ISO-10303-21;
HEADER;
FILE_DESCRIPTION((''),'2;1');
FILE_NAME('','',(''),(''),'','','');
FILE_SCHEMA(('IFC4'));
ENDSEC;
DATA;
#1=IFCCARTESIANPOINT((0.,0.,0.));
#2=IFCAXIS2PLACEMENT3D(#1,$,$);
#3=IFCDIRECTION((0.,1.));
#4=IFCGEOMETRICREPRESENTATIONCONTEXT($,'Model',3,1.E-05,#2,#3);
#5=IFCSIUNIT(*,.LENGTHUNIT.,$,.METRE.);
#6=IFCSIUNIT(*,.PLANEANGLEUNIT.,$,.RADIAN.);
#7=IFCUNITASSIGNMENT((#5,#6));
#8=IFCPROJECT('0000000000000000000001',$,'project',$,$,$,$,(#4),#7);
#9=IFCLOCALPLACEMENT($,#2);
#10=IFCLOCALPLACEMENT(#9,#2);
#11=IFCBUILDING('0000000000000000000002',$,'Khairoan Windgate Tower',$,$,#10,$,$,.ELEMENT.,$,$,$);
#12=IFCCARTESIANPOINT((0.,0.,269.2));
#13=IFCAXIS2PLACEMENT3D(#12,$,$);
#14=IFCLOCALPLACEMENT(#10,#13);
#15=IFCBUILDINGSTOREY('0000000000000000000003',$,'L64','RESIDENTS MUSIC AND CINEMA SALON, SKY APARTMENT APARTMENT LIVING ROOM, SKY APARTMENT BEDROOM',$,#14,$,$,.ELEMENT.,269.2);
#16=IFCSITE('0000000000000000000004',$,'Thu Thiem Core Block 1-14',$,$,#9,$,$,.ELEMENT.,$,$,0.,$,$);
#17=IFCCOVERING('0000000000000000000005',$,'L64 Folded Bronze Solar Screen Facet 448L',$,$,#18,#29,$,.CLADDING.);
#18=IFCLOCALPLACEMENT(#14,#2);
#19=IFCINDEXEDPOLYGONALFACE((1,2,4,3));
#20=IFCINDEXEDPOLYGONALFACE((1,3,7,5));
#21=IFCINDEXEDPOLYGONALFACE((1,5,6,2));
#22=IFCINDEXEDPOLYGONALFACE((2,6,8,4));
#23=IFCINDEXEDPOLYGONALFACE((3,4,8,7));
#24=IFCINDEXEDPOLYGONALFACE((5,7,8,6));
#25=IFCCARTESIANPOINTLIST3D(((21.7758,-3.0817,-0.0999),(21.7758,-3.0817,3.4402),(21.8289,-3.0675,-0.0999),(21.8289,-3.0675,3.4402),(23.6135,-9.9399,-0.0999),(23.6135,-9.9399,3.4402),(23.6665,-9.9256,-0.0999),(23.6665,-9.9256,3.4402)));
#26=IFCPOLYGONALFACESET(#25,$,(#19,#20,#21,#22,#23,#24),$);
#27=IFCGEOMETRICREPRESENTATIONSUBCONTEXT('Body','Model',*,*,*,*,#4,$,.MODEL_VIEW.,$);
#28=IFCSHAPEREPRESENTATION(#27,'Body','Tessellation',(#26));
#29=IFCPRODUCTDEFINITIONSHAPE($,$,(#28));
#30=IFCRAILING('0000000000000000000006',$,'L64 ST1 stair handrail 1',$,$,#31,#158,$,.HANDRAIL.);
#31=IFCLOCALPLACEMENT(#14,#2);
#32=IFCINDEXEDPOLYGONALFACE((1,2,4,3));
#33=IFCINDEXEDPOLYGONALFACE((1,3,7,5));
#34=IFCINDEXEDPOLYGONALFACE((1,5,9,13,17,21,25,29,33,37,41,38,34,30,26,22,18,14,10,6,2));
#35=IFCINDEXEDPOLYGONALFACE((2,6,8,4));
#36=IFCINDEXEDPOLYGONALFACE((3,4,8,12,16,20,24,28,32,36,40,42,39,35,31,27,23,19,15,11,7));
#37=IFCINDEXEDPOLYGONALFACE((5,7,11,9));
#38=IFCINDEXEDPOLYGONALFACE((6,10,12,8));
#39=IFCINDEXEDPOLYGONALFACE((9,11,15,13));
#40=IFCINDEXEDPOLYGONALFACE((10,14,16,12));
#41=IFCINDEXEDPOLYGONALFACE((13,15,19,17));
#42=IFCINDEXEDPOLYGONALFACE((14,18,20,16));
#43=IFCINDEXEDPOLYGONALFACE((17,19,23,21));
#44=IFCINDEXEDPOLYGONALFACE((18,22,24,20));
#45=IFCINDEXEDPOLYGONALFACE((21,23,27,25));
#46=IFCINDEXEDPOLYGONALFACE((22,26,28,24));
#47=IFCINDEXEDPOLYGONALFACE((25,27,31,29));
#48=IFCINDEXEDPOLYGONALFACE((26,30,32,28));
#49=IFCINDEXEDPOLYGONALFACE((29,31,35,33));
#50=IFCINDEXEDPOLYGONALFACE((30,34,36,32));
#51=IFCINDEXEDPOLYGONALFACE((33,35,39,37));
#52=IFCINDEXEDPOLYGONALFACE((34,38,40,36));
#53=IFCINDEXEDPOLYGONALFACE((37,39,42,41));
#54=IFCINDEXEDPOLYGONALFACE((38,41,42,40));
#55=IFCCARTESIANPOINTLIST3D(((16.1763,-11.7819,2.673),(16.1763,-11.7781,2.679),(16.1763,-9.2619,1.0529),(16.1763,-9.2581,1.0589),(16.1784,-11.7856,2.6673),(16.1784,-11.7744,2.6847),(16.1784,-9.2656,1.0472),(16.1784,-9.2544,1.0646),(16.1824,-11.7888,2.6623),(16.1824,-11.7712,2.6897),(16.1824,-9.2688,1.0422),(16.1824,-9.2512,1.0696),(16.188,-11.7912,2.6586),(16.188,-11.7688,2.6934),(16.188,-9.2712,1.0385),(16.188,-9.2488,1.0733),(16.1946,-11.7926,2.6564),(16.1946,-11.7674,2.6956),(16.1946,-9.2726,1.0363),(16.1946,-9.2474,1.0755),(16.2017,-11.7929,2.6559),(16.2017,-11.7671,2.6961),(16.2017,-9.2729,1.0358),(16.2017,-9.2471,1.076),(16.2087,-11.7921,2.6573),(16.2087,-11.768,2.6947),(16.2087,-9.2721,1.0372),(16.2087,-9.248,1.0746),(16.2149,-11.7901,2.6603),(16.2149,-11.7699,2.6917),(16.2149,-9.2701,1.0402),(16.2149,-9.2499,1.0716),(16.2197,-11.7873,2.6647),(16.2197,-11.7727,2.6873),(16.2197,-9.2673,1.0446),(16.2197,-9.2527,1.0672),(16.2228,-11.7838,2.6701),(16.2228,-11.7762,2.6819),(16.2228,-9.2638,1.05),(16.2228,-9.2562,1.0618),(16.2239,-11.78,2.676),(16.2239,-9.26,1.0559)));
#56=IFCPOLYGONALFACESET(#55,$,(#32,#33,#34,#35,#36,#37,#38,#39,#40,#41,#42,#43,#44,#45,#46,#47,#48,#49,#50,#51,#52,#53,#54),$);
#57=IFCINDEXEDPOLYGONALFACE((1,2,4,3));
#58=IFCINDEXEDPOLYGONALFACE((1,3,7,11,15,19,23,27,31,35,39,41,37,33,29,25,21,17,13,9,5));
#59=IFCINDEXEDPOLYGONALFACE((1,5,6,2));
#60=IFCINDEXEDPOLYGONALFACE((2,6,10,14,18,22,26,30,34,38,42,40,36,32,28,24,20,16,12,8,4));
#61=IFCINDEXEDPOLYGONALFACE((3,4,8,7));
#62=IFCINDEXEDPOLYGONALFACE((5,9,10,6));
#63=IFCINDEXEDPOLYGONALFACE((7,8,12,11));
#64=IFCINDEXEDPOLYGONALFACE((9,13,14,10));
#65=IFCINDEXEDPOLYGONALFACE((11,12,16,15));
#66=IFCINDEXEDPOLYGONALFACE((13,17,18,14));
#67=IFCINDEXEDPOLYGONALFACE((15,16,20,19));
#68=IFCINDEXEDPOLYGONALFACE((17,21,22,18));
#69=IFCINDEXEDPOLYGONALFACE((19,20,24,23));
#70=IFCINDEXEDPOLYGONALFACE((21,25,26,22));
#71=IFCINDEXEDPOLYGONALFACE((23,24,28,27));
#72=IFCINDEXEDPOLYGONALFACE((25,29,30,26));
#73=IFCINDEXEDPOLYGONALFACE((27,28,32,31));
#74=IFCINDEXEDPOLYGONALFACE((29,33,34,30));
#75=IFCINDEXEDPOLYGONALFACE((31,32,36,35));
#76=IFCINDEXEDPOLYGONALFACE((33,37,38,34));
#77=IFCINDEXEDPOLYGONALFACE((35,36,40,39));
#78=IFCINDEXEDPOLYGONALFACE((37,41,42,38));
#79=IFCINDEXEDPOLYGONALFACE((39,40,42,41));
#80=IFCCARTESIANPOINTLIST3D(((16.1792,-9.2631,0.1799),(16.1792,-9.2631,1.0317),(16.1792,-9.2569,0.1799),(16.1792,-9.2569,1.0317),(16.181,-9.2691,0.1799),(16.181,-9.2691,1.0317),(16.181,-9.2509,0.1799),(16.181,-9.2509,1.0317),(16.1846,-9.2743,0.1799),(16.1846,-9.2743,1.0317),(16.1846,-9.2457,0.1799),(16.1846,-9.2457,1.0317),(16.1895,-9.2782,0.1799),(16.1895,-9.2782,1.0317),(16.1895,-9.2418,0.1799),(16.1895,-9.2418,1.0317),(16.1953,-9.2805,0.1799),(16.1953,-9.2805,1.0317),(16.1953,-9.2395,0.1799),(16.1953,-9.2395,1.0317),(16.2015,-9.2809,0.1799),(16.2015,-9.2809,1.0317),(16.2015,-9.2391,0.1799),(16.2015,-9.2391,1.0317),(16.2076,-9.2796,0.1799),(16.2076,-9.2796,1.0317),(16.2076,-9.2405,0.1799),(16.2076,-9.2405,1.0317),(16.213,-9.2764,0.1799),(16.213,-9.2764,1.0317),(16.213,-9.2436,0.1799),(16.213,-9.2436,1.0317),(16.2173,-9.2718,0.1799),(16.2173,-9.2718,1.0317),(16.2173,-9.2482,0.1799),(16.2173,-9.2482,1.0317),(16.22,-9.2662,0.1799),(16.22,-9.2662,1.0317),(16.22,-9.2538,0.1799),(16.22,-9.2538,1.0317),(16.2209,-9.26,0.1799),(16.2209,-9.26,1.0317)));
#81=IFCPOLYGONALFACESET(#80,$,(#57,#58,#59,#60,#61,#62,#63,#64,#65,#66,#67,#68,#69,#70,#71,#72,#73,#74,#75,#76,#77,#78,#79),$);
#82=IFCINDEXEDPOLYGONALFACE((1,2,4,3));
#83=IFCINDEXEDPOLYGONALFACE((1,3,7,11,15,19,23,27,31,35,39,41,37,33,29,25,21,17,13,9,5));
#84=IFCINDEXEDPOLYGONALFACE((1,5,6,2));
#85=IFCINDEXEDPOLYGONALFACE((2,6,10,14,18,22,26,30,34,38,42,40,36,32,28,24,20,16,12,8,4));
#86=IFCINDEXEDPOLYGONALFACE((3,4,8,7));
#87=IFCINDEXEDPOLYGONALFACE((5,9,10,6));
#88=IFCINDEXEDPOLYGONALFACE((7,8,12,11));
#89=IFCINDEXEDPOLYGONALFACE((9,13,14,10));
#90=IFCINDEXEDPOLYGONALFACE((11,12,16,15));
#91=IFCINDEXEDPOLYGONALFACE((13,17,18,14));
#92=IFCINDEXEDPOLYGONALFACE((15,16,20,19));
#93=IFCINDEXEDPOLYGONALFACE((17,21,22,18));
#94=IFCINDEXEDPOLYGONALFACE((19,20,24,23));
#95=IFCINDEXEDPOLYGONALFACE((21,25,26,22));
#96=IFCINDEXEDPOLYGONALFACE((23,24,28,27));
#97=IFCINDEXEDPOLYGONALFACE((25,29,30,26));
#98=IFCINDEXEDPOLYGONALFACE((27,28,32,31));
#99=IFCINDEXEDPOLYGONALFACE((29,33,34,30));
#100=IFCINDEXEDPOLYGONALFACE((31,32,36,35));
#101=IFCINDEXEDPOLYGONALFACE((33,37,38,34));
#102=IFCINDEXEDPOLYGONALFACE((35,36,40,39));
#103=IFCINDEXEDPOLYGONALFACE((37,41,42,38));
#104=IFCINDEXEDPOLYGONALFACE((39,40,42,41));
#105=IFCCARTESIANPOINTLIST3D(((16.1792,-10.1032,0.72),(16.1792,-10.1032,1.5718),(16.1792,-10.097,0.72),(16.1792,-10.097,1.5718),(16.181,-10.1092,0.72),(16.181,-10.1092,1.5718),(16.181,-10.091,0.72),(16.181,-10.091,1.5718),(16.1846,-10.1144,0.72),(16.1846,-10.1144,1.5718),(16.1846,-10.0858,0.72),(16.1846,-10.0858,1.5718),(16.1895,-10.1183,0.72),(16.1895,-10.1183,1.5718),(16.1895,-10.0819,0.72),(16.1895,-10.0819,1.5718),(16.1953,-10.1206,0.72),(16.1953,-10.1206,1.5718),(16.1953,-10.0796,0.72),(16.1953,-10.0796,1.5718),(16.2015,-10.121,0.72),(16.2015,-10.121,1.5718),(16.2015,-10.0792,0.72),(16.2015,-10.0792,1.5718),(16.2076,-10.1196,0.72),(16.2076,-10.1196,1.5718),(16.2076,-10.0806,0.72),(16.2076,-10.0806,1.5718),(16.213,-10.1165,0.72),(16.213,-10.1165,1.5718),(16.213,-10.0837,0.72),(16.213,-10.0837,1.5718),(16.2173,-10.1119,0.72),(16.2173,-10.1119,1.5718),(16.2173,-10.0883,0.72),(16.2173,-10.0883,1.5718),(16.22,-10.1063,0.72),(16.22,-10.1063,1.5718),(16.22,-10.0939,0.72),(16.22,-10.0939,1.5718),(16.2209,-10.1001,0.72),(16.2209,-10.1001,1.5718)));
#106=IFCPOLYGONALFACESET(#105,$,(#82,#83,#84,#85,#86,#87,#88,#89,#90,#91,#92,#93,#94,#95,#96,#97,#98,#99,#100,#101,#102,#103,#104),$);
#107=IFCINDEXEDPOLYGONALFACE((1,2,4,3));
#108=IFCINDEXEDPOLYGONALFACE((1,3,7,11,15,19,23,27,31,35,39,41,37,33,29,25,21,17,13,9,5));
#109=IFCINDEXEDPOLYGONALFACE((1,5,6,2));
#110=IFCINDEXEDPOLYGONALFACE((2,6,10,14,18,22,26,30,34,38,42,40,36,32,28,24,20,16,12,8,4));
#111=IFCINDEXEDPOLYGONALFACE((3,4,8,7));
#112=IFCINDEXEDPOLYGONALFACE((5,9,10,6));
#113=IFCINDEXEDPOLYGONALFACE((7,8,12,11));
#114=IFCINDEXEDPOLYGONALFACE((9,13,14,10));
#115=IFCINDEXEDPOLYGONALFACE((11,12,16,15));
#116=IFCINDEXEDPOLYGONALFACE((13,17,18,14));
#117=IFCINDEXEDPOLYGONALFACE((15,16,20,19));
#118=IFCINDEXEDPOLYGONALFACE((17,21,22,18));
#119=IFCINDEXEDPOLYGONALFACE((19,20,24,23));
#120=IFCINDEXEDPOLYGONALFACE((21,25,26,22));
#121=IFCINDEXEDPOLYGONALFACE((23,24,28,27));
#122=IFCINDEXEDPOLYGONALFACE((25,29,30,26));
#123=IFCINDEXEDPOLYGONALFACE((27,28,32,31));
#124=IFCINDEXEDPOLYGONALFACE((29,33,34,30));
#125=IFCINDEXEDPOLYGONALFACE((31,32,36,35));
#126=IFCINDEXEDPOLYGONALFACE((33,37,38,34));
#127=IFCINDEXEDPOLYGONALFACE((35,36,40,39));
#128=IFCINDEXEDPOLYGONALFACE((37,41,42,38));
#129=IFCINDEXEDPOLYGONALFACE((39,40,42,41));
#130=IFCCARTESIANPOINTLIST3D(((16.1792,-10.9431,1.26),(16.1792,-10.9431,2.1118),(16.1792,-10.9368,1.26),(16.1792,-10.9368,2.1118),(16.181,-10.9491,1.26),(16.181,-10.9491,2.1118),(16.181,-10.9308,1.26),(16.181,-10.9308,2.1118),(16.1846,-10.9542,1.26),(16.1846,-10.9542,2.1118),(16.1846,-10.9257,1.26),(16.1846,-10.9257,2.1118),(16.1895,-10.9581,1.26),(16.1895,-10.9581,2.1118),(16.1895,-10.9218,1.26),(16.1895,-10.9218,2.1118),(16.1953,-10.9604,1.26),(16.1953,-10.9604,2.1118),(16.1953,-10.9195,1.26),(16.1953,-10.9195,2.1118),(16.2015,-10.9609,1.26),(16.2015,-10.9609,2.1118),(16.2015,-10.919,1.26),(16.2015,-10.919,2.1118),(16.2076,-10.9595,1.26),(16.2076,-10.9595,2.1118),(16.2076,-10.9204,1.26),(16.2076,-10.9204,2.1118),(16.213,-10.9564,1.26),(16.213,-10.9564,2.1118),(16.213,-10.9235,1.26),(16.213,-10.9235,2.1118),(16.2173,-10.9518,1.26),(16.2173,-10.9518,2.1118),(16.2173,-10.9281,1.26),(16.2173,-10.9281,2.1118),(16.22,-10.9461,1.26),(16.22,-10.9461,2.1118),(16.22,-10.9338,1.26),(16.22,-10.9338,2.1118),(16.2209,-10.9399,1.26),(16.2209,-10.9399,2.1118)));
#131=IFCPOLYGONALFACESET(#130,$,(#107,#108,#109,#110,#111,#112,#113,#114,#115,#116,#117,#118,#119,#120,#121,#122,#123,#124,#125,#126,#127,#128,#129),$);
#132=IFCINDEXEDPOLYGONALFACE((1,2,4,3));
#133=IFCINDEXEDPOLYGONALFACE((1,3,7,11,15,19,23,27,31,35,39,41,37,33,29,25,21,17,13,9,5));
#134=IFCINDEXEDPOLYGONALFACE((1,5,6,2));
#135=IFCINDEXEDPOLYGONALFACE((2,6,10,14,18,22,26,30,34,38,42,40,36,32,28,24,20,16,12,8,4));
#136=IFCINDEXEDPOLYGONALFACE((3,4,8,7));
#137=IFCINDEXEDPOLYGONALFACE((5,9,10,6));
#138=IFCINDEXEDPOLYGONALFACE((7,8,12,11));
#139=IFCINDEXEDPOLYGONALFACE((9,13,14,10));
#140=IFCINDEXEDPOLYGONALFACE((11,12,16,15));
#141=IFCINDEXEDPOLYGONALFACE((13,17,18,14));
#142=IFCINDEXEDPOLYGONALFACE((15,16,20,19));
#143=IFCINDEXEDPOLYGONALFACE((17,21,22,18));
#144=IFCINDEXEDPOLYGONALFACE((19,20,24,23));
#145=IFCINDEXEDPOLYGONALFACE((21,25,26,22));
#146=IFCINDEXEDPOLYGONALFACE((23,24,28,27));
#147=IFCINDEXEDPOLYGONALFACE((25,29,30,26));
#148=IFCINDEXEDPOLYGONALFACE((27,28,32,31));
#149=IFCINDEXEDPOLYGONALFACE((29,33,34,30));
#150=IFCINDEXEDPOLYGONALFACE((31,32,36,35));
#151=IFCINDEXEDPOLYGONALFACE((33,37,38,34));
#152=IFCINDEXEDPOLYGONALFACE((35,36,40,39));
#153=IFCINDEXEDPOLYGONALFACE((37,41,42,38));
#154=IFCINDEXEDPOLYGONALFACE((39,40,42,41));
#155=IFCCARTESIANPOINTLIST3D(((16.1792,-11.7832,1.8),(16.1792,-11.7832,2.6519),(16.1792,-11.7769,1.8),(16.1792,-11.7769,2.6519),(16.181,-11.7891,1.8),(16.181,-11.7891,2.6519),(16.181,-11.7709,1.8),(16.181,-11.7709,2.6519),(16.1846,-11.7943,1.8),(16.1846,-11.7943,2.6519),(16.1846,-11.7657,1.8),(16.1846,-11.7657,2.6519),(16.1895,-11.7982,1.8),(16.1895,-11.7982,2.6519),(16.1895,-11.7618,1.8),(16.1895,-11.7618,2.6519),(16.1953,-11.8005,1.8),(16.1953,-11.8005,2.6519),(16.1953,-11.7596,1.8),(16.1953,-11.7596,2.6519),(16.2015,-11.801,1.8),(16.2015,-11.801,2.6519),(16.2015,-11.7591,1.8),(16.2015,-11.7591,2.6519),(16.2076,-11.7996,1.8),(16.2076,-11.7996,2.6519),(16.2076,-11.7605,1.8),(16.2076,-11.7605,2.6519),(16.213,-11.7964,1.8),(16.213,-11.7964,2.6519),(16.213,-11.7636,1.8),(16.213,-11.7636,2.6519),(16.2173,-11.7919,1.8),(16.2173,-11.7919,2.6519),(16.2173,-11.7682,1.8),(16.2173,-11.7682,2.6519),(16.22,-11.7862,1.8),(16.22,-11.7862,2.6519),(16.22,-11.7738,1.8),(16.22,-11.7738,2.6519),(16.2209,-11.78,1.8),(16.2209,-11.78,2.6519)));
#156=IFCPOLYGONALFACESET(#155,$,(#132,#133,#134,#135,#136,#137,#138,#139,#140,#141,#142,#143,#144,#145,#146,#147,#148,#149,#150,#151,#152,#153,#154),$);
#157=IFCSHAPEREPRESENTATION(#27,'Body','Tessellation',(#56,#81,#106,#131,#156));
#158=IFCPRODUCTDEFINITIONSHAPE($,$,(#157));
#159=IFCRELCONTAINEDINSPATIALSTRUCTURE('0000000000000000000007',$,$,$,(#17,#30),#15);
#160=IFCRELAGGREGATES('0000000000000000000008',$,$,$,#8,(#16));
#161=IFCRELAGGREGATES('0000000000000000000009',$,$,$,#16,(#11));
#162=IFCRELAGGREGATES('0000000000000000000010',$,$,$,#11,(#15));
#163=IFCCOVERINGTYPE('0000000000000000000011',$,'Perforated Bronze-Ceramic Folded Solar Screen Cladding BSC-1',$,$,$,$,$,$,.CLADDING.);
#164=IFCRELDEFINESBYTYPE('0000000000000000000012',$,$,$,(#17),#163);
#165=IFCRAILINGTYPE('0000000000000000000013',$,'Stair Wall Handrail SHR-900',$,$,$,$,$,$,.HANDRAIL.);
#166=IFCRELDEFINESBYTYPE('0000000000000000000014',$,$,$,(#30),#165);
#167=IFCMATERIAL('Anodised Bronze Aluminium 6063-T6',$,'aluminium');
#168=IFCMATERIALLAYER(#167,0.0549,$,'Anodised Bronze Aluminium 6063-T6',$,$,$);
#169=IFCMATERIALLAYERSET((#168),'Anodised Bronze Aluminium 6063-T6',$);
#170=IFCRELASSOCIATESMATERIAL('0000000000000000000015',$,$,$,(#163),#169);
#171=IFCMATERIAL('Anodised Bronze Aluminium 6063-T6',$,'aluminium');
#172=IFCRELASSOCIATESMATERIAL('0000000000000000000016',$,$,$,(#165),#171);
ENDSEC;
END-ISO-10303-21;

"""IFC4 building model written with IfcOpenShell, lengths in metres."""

from ifc_helpers import new_model, si_unit, direction, frame, origin, origin_2d, place, context, subcontext, project, spatial, rectangle, circle, extrude, material, layer, layer_set, type_object, element, save


model = new_model("IFC4")

# Units and contexts
model_context = context("Model", 3, precision=1e-05, world=origin(), true_north=direction((0.0, 1.0)))
body_context = subcontext(model_context, "Body", "Model", "MODEL_VIEW")
ifc_project = project(units=[si_unit("LENGTHUNIT", "METRE"), si_unit("PLANEANGLEUNIT", "RADIAN")], contexts=[model_context])

# Site, building, storey
site_placement = place(None, origin())
site = spatial("IfcSite", under=ifc_project, at=site_placement, Name="Thu Thiem Core Block 1-14", CompositionType="ELEMENT", RefElevation=0.0)
building_placement = place(site_placement, origin())
building = spatial("IfcBuilding", under=site, at=building_placement, Name="Khairoan Windgate Tower", CompositionType="ELEMENT")
storey_placement = place(building_placement, frame((0.0, 0.0, 269.2)))
storey = spatial("IfcBuildingStorey", under=building, at=storey_placement, Name="L64", Description="RESIDENTS MUSIC AND CINEMA SALON, SKY APARTMENT APARTMENT LIVING ROOM, SKY APARTMENT BEDROOM", CompositionType="ELEMENT", Elevation=269.2)

# Covering
ifc_material_1 = material(Name="Anodised Bronze Aluminium 6063-T6", Category="aluminium")
ifc_layer_1 = layer(ifc_material_1, 0.0549, Name="Anodised Bronze Aluminium 6063-T6")
ifc_layer_set_1 = layer_set([ifc_layer_1], Name="Anodised Bronze Aluminium 6063-T6")
covering_type = type_object("IfcCoveringType", Name="Perforated Bronze-Ceramic Folded Solar Screen Cladding BSC-1", PredefinedType="CLADDING", material=ifc_layer_set_1)
covering_placement = place(storey_placement, frame((22.7212, -6.5037, -0.0999), z_axis=(0.0, 0.0, 1.0), x_axis=(0.258819, -0.965926, 0.0)))
element("IfcCovering", 1, at=covering_placement, inside=storey, type_object=covering_type, Name="L64 Folded Bronze Solar Screen Facet 448L", PredefinedType="CLADDING", context=body_context, shape_type="SweptSolid", body=[
    extrude(rectangle(XDim=7.1001, YDim=0.0549, at=origin_2d()), origin(), (0.0, 0.0, 1.0), 3.54),
])

# Railing
ifc_material_2 = material(Name="Anodised Bronze Aluminium 6063-T6", Category="aluminium")
railing_type_1 = type_object("IfcRailingType", Name="Stair Wall Handrail SHR-900", PredefinedType="HANDRAIL", material=ifc_material_2)
railing_1_placement = place(storey_placement, frame((16.2, -9.26, 0.1799)))
element("IfcRailing", 2, at=railing_1_placement, inside=storey, type_object=railing_type_1, Name="L64 ST1 stair handrail 1", PredefinedType="HANDRAIL", context=body_context, shape_type="SweptSolid", body=[
    extrude(circle(Radius=0.0239, at=origin_2d()), frame((0.0, 0.0, 0.876), z_axis=(0.0, -0.841163, 0.540782), x_axis=(1.0, 0.0, 0.0)), (0.0, 0.0, 1.0), 2.9958),
    extrude(circle(Radius=0.021, at=origin_2d()), origin(), (0.0, 0.0, 1.0), 0.8518),
    extrude(circle(Radius=0.021, at=origin_2d()), frame((0.0, -0.8401, 0.54)), (0.0, 0.0, 1.0), 0.8518),
    extrude(circle(Radius=0.021, at=origin_2d()), frame((0.0, -1.6799, 1.0801)), (0.0, 0.0, 1.0), 0.8518),
    extrude(circle(Radius=0.021, at=origin_2d()), frame((0.0, -2.52, 1.6201)), (0.0, 0.0, 1.0), 0.8518),
])

save(model, "model.ifc")
